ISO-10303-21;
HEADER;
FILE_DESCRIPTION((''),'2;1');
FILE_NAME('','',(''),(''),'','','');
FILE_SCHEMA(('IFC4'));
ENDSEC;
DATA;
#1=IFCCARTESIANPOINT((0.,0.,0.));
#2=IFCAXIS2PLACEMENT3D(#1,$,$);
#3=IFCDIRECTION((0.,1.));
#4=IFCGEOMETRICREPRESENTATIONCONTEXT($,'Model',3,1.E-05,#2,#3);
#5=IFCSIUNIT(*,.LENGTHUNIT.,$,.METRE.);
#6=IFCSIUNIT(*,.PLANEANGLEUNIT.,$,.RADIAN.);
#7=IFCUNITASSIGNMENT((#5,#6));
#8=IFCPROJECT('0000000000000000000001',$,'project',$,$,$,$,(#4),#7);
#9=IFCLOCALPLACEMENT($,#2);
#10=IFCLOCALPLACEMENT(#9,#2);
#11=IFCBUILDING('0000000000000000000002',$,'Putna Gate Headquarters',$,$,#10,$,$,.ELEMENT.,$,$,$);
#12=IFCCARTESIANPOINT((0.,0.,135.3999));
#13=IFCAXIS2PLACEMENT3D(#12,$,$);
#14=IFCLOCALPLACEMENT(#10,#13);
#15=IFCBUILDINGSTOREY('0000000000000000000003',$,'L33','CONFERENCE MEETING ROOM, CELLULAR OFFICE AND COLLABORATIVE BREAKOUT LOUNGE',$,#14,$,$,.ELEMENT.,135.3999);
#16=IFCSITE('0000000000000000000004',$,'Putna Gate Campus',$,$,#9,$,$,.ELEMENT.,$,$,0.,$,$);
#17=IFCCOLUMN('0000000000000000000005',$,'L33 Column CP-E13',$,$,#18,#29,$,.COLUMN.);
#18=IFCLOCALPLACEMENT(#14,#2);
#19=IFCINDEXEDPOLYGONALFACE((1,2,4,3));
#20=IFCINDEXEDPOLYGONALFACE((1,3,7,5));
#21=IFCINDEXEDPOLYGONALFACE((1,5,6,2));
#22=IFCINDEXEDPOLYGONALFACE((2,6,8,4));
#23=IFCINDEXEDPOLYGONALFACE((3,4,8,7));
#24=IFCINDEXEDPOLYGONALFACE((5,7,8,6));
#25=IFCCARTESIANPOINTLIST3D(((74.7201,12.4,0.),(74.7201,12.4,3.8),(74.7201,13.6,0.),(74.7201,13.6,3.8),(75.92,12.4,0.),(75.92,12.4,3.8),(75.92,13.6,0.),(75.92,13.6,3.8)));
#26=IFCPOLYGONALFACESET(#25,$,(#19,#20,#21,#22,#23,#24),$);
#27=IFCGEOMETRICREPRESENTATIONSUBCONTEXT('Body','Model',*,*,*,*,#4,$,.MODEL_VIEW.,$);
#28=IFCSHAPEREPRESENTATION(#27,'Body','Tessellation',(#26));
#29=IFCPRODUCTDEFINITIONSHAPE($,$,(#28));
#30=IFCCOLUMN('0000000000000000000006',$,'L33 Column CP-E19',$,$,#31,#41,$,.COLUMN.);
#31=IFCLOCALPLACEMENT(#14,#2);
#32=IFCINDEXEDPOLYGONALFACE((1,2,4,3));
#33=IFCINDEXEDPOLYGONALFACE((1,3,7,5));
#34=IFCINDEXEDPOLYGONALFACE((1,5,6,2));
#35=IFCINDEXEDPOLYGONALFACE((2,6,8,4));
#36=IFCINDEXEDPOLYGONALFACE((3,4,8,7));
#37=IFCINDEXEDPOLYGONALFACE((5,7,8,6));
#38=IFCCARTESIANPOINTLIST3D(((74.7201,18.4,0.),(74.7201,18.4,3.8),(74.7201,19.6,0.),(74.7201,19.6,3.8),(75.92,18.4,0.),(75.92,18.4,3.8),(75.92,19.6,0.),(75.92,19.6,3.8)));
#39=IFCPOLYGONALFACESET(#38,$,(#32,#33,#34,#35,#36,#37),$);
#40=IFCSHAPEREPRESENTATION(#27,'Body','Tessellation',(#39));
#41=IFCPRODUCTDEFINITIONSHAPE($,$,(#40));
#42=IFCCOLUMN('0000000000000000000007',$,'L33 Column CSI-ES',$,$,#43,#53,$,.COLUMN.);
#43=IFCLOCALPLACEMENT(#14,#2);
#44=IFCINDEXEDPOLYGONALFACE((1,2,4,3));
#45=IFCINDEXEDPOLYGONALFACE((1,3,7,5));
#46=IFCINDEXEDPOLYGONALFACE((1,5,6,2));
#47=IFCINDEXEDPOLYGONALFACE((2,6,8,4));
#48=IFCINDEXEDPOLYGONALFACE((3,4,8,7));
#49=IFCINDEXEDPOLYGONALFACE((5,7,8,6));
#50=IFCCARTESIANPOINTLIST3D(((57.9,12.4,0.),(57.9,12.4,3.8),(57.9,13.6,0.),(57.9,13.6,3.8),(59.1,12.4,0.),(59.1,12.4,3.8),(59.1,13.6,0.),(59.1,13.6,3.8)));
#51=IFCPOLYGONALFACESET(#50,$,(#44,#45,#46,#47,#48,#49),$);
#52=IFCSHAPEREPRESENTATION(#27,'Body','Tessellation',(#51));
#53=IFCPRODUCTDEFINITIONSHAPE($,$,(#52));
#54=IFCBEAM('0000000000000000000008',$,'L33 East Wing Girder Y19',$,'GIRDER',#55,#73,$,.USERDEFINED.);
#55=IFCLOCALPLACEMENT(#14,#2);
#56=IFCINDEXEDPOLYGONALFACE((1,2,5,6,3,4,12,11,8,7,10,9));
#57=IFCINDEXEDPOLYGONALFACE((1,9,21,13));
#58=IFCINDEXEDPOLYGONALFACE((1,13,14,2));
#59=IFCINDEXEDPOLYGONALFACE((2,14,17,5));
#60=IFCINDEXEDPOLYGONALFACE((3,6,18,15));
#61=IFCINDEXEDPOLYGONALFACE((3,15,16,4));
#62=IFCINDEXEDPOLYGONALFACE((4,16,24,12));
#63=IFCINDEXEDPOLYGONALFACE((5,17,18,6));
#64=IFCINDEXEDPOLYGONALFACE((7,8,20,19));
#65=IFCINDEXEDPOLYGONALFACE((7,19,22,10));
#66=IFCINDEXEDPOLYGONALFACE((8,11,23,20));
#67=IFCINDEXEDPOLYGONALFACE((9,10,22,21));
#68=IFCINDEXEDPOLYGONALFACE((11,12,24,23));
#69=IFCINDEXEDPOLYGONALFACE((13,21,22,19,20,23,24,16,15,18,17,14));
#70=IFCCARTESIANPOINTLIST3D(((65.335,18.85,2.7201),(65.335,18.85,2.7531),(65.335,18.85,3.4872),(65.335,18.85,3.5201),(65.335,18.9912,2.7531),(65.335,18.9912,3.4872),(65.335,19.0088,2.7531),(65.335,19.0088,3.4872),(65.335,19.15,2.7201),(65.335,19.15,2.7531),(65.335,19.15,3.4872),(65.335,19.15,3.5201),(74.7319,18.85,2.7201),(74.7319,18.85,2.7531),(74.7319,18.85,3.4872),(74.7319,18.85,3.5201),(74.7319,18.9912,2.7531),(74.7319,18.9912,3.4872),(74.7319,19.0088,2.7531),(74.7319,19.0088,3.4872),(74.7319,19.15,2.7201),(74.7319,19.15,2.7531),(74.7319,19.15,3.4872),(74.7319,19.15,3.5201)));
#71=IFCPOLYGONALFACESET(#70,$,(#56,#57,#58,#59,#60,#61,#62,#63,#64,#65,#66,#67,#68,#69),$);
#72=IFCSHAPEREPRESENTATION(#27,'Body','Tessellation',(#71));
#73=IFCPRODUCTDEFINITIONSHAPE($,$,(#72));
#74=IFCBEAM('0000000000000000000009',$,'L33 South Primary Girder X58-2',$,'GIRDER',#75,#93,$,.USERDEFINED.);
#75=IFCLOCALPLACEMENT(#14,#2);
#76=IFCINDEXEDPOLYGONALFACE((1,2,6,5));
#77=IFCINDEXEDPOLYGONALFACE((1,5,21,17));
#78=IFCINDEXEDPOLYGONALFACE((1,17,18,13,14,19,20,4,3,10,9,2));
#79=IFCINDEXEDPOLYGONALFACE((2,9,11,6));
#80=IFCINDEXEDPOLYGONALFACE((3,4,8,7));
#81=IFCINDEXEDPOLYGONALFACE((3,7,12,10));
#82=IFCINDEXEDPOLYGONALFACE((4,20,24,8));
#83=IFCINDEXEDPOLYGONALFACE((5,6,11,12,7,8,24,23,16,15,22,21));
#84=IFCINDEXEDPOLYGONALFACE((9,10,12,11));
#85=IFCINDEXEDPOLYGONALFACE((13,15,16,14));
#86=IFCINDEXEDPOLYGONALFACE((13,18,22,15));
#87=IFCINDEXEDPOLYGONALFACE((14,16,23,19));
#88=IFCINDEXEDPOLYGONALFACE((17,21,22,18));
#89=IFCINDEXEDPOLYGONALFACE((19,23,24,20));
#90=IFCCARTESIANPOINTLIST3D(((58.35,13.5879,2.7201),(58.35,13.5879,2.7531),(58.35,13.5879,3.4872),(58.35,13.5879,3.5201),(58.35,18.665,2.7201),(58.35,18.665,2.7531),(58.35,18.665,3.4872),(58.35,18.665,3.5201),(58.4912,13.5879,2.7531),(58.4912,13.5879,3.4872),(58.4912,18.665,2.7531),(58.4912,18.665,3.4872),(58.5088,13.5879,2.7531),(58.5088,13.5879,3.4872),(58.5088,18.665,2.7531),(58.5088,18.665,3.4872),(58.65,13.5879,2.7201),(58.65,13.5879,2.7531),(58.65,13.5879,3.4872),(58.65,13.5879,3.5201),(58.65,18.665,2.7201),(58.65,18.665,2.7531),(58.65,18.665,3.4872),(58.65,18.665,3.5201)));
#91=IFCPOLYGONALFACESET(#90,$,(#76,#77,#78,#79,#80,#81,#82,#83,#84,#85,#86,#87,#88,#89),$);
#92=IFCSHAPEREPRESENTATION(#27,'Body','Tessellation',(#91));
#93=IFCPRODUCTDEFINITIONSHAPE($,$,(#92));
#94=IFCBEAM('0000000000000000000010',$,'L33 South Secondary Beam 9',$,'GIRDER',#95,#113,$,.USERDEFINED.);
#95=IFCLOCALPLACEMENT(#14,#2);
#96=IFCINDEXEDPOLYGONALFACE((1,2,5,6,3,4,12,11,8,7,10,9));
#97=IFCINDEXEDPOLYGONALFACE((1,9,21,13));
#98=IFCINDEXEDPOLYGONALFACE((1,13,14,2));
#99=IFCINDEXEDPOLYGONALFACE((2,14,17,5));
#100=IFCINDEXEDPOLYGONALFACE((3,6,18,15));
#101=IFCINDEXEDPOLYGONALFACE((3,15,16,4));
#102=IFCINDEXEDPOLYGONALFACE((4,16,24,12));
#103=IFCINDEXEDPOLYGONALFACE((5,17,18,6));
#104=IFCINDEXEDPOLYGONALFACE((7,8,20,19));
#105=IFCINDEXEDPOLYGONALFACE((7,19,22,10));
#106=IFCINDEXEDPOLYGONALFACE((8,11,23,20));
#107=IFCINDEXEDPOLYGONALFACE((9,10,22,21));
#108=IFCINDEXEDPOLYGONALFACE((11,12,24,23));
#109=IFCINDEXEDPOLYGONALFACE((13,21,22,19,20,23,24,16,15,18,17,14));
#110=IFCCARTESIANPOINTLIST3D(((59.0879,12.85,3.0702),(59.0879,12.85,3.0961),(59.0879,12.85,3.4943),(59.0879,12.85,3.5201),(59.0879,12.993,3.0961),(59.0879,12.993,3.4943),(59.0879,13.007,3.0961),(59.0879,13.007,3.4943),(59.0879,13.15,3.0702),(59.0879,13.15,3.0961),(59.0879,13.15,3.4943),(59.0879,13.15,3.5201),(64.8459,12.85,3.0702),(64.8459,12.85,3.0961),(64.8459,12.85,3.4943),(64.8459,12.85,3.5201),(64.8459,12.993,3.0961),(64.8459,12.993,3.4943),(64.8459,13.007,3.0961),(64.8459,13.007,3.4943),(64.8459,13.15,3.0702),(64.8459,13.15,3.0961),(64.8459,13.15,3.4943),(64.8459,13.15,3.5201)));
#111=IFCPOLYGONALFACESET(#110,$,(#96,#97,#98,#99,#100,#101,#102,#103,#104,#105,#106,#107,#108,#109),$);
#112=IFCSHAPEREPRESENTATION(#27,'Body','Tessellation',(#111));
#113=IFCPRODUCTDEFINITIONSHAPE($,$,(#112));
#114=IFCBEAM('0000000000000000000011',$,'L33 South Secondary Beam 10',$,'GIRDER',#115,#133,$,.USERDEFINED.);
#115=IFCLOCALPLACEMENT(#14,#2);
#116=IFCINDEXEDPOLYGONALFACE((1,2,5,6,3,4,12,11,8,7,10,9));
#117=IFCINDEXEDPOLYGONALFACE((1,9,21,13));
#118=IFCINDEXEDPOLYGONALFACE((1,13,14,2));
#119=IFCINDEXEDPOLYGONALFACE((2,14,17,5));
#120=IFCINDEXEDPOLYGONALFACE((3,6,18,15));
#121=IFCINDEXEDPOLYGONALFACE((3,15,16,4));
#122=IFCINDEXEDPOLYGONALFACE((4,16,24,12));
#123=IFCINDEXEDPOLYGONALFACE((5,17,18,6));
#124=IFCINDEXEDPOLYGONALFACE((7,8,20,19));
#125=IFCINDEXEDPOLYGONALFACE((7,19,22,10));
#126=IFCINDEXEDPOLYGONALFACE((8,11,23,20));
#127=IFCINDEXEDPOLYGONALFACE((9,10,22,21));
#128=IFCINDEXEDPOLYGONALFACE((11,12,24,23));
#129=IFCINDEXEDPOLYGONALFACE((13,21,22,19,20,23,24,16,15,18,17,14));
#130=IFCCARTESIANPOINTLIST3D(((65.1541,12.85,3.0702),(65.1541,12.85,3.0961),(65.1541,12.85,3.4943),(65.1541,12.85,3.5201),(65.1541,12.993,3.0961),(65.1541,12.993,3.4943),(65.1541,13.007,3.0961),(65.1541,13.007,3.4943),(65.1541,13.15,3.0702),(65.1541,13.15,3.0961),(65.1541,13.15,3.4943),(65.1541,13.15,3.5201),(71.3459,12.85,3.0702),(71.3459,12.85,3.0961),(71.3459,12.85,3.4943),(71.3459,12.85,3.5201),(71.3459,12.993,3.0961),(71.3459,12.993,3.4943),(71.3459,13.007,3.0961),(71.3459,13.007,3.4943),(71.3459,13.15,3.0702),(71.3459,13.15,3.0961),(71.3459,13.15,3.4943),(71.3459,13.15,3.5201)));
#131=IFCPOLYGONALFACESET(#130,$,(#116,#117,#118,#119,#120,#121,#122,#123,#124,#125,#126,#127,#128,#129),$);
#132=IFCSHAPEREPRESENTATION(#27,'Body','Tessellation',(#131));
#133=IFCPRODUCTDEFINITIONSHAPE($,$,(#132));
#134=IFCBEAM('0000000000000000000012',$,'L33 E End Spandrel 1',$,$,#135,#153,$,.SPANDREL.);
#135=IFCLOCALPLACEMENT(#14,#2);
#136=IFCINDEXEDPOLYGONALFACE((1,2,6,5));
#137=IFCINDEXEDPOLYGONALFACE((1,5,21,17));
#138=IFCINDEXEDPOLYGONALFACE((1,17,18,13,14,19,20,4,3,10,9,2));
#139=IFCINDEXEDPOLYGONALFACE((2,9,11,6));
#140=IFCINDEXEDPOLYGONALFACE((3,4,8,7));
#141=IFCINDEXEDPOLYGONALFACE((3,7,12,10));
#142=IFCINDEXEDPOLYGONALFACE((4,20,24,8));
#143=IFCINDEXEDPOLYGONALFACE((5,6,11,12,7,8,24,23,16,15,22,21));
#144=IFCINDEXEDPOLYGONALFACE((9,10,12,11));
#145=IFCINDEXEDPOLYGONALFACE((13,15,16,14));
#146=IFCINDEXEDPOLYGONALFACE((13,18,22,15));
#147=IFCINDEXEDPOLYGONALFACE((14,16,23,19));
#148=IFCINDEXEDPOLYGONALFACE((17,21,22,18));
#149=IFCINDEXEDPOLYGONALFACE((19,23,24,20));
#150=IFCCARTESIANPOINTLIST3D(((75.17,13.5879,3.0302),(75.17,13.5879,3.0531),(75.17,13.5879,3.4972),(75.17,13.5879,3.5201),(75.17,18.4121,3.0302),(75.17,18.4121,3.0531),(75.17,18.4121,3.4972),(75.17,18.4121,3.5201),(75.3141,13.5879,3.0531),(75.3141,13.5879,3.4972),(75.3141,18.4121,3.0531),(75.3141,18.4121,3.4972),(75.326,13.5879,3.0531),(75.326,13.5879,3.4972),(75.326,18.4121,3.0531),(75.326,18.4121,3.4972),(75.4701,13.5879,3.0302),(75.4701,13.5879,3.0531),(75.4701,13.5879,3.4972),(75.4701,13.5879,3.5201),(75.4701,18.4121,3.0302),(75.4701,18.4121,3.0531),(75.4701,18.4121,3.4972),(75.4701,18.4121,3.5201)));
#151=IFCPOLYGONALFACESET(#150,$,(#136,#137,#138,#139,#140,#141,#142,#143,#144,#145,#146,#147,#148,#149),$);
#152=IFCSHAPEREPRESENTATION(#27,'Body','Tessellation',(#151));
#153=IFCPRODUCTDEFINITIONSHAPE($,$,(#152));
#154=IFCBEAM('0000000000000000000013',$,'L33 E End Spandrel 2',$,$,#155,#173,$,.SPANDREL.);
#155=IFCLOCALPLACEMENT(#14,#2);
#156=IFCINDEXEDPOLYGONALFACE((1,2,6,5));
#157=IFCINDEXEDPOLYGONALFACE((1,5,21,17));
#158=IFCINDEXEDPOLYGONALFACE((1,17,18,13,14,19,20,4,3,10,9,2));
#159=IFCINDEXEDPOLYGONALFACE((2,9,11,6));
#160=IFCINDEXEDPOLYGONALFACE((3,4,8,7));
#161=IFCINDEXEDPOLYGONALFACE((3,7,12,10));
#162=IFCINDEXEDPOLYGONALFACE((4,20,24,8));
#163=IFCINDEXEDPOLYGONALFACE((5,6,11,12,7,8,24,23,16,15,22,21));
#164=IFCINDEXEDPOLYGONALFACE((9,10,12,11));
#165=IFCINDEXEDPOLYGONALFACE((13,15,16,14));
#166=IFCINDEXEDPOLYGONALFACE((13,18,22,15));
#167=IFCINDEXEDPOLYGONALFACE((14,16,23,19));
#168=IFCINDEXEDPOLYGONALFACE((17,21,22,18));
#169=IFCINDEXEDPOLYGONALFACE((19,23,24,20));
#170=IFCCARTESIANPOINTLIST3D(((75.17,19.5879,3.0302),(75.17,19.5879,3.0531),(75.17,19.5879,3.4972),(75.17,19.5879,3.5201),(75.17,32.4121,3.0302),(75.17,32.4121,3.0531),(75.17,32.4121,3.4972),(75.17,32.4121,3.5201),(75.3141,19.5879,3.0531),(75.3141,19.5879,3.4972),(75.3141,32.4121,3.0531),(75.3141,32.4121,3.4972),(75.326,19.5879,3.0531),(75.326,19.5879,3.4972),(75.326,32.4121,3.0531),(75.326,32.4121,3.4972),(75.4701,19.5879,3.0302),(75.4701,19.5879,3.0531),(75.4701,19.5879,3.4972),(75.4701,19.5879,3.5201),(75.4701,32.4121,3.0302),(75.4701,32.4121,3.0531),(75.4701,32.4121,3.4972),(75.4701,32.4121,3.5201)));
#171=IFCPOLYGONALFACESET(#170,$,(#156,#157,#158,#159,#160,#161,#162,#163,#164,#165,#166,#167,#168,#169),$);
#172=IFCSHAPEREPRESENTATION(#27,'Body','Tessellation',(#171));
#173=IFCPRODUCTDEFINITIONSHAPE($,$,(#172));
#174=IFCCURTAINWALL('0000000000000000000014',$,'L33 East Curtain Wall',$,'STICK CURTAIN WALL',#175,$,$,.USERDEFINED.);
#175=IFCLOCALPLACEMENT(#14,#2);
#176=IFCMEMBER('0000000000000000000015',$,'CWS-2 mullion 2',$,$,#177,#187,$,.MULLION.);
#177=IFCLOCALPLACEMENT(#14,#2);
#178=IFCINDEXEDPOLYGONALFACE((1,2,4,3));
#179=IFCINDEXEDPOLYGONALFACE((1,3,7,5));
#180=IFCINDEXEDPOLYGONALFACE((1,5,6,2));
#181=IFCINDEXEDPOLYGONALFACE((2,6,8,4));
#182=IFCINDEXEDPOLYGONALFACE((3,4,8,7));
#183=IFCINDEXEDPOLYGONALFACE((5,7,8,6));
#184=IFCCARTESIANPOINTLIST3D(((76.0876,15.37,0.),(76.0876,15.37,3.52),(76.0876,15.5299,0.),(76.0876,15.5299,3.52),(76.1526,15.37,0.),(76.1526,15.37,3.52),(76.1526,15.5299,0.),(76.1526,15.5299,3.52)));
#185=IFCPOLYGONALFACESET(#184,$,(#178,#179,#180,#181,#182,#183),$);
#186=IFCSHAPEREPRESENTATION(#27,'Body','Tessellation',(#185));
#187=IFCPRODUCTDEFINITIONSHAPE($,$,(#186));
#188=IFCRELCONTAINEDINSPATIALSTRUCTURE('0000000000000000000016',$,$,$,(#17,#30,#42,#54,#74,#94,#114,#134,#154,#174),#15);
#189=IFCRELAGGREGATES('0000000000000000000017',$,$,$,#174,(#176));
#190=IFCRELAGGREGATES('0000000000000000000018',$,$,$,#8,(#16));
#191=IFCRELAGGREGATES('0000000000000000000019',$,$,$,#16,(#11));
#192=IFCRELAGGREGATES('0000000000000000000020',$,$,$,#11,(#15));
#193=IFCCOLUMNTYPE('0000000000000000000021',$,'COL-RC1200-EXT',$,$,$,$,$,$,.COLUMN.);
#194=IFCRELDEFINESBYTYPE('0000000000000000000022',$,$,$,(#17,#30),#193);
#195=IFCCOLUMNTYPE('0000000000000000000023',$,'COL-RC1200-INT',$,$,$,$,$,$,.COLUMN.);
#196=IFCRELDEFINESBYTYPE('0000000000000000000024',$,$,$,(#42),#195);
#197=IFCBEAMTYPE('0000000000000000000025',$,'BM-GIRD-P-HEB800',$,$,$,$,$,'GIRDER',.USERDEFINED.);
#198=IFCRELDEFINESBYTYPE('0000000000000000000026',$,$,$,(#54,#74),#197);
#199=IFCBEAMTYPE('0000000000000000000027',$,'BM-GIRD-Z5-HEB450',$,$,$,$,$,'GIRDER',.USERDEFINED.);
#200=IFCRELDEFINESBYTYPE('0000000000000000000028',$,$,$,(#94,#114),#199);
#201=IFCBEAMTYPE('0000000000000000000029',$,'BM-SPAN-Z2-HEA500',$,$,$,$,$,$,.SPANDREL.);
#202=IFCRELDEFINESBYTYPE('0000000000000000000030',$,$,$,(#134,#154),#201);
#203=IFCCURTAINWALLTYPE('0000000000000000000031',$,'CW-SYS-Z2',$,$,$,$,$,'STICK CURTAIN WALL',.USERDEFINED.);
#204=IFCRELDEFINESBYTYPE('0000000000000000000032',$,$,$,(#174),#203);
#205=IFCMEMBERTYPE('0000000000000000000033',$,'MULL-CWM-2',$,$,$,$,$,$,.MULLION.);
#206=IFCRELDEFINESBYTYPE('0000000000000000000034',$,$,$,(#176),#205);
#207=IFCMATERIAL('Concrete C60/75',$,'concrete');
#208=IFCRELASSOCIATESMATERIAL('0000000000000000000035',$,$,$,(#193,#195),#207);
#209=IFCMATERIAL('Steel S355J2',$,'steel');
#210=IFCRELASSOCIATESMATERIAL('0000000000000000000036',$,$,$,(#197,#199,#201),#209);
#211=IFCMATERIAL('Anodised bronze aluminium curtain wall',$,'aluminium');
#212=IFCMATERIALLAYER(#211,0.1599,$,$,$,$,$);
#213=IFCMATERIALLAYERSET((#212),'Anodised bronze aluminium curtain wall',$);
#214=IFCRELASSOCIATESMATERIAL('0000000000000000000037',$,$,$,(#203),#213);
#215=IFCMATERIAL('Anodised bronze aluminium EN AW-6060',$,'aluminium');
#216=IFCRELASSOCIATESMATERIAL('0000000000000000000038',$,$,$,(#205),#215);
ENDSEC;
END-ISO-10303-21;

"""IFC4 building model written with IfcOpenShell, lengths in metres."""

from ifc_helpers import new_model, si_unit, direction, frame, origin, origin_2d, place, context, subcontext, project, spatial, rectangle, i_section, extrude, material, layer, layer_set, material_profile, profile_set, type_object, element, aggregate, save


model = new_model("IFC4")

# Units and contexts
model_context = context("Model", 3, precision=1e-05, world=origin(), true_north=direction((0.0, 1.0)))
body_context = subcontext(model_context, "Body", "Model", "MODEL_VIEW")
ifc_project = project(units=[si_unit("LENGTHUNIT", "METRE"), si_unit("PLANEANGLEUNIT", "RADIAN")], contexts=[model_context])

# Site, building, storey
site_placement = place(None, origin())
site = spatial("IfcSite", under=ifc_project, at=site_placement, Name="Putna Gate Campus", CompositionType="ELEMENT", RefElevation=0.0)
building_placement = place(site_placement, origin())
building = spatial("IfcBuilding", under=site, at=building_placement, Name="Putna Gate Headquarters", CompositionType="ELEMENT")
storey_placement = place(building_placement, frame((0.0, 0.0, 135.3999)))
storey = spatial("IfcBuildingStorey", under=building, at=storey_placement, Name="L33", Description="CONFERENCE MEETING ROOM, CELLULAR OFFICE AND COLLABORATIVE BREAKOUT LOUNGE", CompositionType="ELEMENT", Elevation=135.3999)

# Columns
ifc_material_1 = material(Name="Concrete C60/75", Category="concrete")
ifc_material_profile_1 = material_profile(ifc_material_1, rectangle(XDim=1.2, YDim=1.2, at=origin_2d()), Name="Concrete C60/75")
ifc_profile_set_1 = profile_set([ifc_material_profile_1], Name="Concrete C60/75")
column_type_1 = type_object("IfcColumnType", Name="COL-RC1200-EXT", PredefinedType="COLUMN", material=ifc_profile_set_1)
for number, where, z_axis, x_axis, name in (
    (1, (75.3201, 13.0, 0.0), (0.0, 0.0, 1.0), (1.0, 0.0, 0.0), "L33 Column CP-E13"),
    (2, (75.3201, 19.0, 0.0), (0.0, 0.0, 1.0), (1.0, 0.0, 0.0), "L33 Column CP-E19"),
):
    element("IfcColumn", number, at=place(storey_placement, frame(where, z_axis=z_axis, x_axis=x_axis)), inside=storey, type_object=column_type_1, Name=name, PredefinedType="COLUMN", context=body_context, shape_type="SweptSolid", body=[
        extrude(rectangle(XDim=1.2, YDim=1.2, at=origin_2d()), origin(), (0.0, 0.0, 1.0), 3.8),
    ])
ifc_material_profile_2 = material_profile(ifc_material_1, rectangle(XDim=1.2, YDim=1.2, at=origin_2d()), Name="Concrete C60/75")
ifc_profile_set_2 = profile_set([ifc_material_profile_2], Name="Concrete C60/75")
column_type_2 = type_object("IfcColumnType", Name="COL-RC1200-INT", PredefinedType="COLUMN", material=ifc_profile_set_2)
column_placement = place(storey_placement, frame((58.5, 13.0, 0.0), z_axis=(0.0, 0.0, 1.0), x_axis=(1.0, 0.0, 0.0)))
element("IfcColumn", 3, at=column_placement, inside=storey, type_object=column_type_2, Name="L33 Column CSI-ES", PredefinedType="COLUMN", context=body_context, shape_type="SweptSolid", body=[
    extrude(rectangle(XDim=1.2, YDim=1.2, at=origin_2d()), origin(), (0.0, 0.0, 1.0), 3.8),
])

# Beams
ifc_material_2 = material(Name="Steel S355J2", Category="steel")
ifc_material_profile_3 = material_profile(ifc_material_2, i_section(OverallWidth=0.3, OverallDepth=0.8, WebThickness=0.0176, FlangeThickness=0.033, at=origin_2d()), Name="Steel S355J2")
ifc_profile_set_3 = profile_set([ifc_material_profile_3], Name="Steel S355J2")
beam_type_1 = type_object("IfcBeamType", Name="BM-GIRD-P-HEB800", ElementType="GIRDER", PredefinedType="USERDEFINED", material=ifc_profile_set_3)
beam_1_placement = place(storey_placement, frame((65.335, 19.0, 3.1201), z_axis=(1.0, 0.0, 0.0), x_axis=(0.0, 1.0, 0.0)))
element("IfcBeam", 4, at=beam_1_placement, inside=storey, type_object=beam_type_1, Name="L33 East Wing Girder Y19", ObjectType="GIRDER", PredefinedType="USERDEFINED", context=body_context, shape_type="SweptSolid", body=[
    extrude(i_section(OverallWidth=0.3, OverallDepth=0.8, WebThickness=0.0176, FlangeThickness=0.033, at=origin_2d()), origin(), (0.0, 0.0, 1.0), 9.397),
])
beam_2_placement = place(storey_placement, frame((58.5, 13.5879, 3.1201), z_axis=(0.0, 1.0, 0.0), x_axis=(-1.0, 0.0, 0.0)))
element("IfcBeam", 5, at=beam_2_placement, inside=storey, type_object=beam_type_1, Name="L33 South Primary Girder X58-2", ObjectType="GIRDER", PredefinedType="USERDEFINED", context=body_context, shape_type="SweptSolid", body=[
    extrude(i_section(OverallWidth=0.3, OverallDepth=0.8, WebThickness=0.0176, FlangeThickness=0.033, at=origin_2d()), origin(), (0.0, 0.0, 1.0), 5.0771),
])
ifc_material_profile_4 = material_profile(ifc_material_2, i_section(OverallWidth=0.3, OverallDepth=0.45, WebThickness=0.0139, FlangeThickness=0.0259, at=origin_2d()), Name="Steel S355J2")
ifc_profile_set_4 = profile_set([ifc_material_profile_4], Name="Steel S355J2")
beam_type_2 = type_object("IfcBeamType", Name="BM-GIRD-Z5-HEB450", ElementType="GIRDER", PredefinedType="USERDEFINED", material=ifc_profile_set_4)
beam_3_placement = place(storey_placement, frame((59.0879, 13.0, 3.2952), z_axis=(1.0, 0.0, 0.0), x_axis=(0.0, 1.0, 0.0)))
element("IfcBeam", 6, at=beam_3_placement, inside=storey, type_object=beam_type_2, Name="L33 South Secondary Beam 9", ObjectType="GIRDER", PredefinedType="USERDEFINED", context=body_context, shape_type="SweptSolid", body=[
    extrude(i_section(OverallWidth=0.3, OverallDepth=0.45, WebThickness=0.0139, FlangeThickness=0.0259, at=origin_2d()), origin(), (0.0, 0.0, 1.0), 5.7581),
])
beam_4_placement = place(storey_placement, frame((65.1541, 13.0, 3.2952), z_axis=(1.0, 0.0, 0.0), x_axis=(0.0, 1.0, 0.0)))
element("IfcBeam", 7, at=beam_4_placement, inside=storey, type_object=beam_type_2, Name="L33 South Secondary Beam 10", ObjectType="GIRDER", PredefinedType="USERDEFINED", context=body_context, shape_type="SweptSolid", body=[
    extrude(i_section(OverallWidth=0.3, OverallDepth=0.45, WebThickness=0.0139, FlangeThickness=0.0259, at=origin_2d()), origin(), (0.0, 0.0, 1.0), 6.1919),
])
ifc_material_profile_5 = material_profile(ifc_material_2, i_section(OverallWidth=0.3, OverallDepth=0.49, WebThickness=0.012, FlangeThickness=0.0229, at=origin_2d()), Name="Steel S355J2")
ifc_profile_set_5 = profile_set([ifc_material_profile_5], Name="Steel S355J2")
beam_type_3 = type_object("IfcBeamType", Name="BM-SPAN-Z2-HEA500", PredefinedType="SPANDREL", material=ifc_profile_set_5)
beam_5_placement = place(storey_placement, frame((75.3201, 13.5879, 3.2751), z_axis=(0.0, 1.0, 0.0), x_axis=(-1.0, 0.0, 0.0)))
element("IfcBeam", 8, at=beam_5_placement, inside=storey, type_object=beam_type_3, Name="L33 E End Spandrel 1", PredefinedType="SPANDREL", context=body_context, shape_type="SweptSolid", body=[
    extrude(i_section(OverallWidth=0.3, OverallDepth=0.49, WebThickness=0.012, FlangeThickness=0.0229, at=origin_2d()), origin(), (0.0, 0.0, 1.0), 4.8242),
])
beam_6_placement = place(storey_placement, frame((75.3201, 19.5879, 3.2751), z_axis=(0.0, 1.0, 0.0), x_axis=(-1.0, 0.0, 0.0)))
element("IfcBeam", 9, at=beam_6_placement, inside=storey, type_object=beam_type_3, Name="L33 E End Spandrel 2", PredefinedType="SPANDREL", context=body_context, shape_type="SweptSolid", body=[
    extrude(i_section(OverallWidth=0.3, OverallDepth=0.49, WebThickness=0.012, FlangeThickness=0.0229, at=origin_2d()), origin(), (0.0, 0.0, 1.0), 12.8242),
])

# Curtain wall, member
ifc_material_3 = material(Name="Anodised bronze aluminium curtain wall", Category="aluminium")
ifc_layer_1 = layer(ifc_material_3, 0.1599)
ifc_layer_set_1 = layer_set([ifc_layer_1], Name="Anodised bronze aluminium curtain wall")
curtain_wall_type = type_object("IfcCurtainWallType", Name="CW-SYS-Z2", ElementType="STICK CURTAIN WALL", PredefinedType="USERDEFINED", material=ifc_layer_set_1)
curtain_wall_placement = place(storey_placement, origin())
curtain_wall = element("IfcCurtainWall", 10, at=curtain_wall_placement, inside=storey, type_object=curtain_wall_type, Name="L33 East Curtain Wall", ObjectType="STICK CURTAIN WALL", PredefinedType="USERDEFINED")
ifc_material_4 = material(Name="Anodised bronze aluminium EN AW-6060", Category="aluminium")
ifc_material_profile_6 = material_profile(ifc_material_4, rectangle(XDim=0.0649, YDim=0.1599, at=origin_2d()), Name="Anodised bronze aluminium EN AW-6060")
ifc_profile_set_6 = profile_set([ifc_material_profile_6], Name="Anodised bronze aluminium EN AW-6060")
member_type_1 = type_object("IfcMemberType", Name="MULL-CWM-2", PredefinedType="MULLION", material=ifc_profile_set_6)
member_1_placement = place(storey_placement, frame((76.1201, 15.45, 0.0), z_axis=(0.0, 0.0, 1.0), x_axis=(-1.0, 0.0, 0.0)))
member_1 = element("IfcMember", 11, at=member_1_placement, type_object=member_type_1, Name="CWS-2 mullion 2", PredefinedType="MULLION", context=body_context, shape_type="SweptSolid", body=[
    extrude(rectangle(XDim=0.0649, YDim=0.1599, at=origin_2d()), origin(), (0.0, 0.0, 1.0), 3.52),
])
aggregate(curtain_wall, [member_1])

save(model, "model.ifc")
